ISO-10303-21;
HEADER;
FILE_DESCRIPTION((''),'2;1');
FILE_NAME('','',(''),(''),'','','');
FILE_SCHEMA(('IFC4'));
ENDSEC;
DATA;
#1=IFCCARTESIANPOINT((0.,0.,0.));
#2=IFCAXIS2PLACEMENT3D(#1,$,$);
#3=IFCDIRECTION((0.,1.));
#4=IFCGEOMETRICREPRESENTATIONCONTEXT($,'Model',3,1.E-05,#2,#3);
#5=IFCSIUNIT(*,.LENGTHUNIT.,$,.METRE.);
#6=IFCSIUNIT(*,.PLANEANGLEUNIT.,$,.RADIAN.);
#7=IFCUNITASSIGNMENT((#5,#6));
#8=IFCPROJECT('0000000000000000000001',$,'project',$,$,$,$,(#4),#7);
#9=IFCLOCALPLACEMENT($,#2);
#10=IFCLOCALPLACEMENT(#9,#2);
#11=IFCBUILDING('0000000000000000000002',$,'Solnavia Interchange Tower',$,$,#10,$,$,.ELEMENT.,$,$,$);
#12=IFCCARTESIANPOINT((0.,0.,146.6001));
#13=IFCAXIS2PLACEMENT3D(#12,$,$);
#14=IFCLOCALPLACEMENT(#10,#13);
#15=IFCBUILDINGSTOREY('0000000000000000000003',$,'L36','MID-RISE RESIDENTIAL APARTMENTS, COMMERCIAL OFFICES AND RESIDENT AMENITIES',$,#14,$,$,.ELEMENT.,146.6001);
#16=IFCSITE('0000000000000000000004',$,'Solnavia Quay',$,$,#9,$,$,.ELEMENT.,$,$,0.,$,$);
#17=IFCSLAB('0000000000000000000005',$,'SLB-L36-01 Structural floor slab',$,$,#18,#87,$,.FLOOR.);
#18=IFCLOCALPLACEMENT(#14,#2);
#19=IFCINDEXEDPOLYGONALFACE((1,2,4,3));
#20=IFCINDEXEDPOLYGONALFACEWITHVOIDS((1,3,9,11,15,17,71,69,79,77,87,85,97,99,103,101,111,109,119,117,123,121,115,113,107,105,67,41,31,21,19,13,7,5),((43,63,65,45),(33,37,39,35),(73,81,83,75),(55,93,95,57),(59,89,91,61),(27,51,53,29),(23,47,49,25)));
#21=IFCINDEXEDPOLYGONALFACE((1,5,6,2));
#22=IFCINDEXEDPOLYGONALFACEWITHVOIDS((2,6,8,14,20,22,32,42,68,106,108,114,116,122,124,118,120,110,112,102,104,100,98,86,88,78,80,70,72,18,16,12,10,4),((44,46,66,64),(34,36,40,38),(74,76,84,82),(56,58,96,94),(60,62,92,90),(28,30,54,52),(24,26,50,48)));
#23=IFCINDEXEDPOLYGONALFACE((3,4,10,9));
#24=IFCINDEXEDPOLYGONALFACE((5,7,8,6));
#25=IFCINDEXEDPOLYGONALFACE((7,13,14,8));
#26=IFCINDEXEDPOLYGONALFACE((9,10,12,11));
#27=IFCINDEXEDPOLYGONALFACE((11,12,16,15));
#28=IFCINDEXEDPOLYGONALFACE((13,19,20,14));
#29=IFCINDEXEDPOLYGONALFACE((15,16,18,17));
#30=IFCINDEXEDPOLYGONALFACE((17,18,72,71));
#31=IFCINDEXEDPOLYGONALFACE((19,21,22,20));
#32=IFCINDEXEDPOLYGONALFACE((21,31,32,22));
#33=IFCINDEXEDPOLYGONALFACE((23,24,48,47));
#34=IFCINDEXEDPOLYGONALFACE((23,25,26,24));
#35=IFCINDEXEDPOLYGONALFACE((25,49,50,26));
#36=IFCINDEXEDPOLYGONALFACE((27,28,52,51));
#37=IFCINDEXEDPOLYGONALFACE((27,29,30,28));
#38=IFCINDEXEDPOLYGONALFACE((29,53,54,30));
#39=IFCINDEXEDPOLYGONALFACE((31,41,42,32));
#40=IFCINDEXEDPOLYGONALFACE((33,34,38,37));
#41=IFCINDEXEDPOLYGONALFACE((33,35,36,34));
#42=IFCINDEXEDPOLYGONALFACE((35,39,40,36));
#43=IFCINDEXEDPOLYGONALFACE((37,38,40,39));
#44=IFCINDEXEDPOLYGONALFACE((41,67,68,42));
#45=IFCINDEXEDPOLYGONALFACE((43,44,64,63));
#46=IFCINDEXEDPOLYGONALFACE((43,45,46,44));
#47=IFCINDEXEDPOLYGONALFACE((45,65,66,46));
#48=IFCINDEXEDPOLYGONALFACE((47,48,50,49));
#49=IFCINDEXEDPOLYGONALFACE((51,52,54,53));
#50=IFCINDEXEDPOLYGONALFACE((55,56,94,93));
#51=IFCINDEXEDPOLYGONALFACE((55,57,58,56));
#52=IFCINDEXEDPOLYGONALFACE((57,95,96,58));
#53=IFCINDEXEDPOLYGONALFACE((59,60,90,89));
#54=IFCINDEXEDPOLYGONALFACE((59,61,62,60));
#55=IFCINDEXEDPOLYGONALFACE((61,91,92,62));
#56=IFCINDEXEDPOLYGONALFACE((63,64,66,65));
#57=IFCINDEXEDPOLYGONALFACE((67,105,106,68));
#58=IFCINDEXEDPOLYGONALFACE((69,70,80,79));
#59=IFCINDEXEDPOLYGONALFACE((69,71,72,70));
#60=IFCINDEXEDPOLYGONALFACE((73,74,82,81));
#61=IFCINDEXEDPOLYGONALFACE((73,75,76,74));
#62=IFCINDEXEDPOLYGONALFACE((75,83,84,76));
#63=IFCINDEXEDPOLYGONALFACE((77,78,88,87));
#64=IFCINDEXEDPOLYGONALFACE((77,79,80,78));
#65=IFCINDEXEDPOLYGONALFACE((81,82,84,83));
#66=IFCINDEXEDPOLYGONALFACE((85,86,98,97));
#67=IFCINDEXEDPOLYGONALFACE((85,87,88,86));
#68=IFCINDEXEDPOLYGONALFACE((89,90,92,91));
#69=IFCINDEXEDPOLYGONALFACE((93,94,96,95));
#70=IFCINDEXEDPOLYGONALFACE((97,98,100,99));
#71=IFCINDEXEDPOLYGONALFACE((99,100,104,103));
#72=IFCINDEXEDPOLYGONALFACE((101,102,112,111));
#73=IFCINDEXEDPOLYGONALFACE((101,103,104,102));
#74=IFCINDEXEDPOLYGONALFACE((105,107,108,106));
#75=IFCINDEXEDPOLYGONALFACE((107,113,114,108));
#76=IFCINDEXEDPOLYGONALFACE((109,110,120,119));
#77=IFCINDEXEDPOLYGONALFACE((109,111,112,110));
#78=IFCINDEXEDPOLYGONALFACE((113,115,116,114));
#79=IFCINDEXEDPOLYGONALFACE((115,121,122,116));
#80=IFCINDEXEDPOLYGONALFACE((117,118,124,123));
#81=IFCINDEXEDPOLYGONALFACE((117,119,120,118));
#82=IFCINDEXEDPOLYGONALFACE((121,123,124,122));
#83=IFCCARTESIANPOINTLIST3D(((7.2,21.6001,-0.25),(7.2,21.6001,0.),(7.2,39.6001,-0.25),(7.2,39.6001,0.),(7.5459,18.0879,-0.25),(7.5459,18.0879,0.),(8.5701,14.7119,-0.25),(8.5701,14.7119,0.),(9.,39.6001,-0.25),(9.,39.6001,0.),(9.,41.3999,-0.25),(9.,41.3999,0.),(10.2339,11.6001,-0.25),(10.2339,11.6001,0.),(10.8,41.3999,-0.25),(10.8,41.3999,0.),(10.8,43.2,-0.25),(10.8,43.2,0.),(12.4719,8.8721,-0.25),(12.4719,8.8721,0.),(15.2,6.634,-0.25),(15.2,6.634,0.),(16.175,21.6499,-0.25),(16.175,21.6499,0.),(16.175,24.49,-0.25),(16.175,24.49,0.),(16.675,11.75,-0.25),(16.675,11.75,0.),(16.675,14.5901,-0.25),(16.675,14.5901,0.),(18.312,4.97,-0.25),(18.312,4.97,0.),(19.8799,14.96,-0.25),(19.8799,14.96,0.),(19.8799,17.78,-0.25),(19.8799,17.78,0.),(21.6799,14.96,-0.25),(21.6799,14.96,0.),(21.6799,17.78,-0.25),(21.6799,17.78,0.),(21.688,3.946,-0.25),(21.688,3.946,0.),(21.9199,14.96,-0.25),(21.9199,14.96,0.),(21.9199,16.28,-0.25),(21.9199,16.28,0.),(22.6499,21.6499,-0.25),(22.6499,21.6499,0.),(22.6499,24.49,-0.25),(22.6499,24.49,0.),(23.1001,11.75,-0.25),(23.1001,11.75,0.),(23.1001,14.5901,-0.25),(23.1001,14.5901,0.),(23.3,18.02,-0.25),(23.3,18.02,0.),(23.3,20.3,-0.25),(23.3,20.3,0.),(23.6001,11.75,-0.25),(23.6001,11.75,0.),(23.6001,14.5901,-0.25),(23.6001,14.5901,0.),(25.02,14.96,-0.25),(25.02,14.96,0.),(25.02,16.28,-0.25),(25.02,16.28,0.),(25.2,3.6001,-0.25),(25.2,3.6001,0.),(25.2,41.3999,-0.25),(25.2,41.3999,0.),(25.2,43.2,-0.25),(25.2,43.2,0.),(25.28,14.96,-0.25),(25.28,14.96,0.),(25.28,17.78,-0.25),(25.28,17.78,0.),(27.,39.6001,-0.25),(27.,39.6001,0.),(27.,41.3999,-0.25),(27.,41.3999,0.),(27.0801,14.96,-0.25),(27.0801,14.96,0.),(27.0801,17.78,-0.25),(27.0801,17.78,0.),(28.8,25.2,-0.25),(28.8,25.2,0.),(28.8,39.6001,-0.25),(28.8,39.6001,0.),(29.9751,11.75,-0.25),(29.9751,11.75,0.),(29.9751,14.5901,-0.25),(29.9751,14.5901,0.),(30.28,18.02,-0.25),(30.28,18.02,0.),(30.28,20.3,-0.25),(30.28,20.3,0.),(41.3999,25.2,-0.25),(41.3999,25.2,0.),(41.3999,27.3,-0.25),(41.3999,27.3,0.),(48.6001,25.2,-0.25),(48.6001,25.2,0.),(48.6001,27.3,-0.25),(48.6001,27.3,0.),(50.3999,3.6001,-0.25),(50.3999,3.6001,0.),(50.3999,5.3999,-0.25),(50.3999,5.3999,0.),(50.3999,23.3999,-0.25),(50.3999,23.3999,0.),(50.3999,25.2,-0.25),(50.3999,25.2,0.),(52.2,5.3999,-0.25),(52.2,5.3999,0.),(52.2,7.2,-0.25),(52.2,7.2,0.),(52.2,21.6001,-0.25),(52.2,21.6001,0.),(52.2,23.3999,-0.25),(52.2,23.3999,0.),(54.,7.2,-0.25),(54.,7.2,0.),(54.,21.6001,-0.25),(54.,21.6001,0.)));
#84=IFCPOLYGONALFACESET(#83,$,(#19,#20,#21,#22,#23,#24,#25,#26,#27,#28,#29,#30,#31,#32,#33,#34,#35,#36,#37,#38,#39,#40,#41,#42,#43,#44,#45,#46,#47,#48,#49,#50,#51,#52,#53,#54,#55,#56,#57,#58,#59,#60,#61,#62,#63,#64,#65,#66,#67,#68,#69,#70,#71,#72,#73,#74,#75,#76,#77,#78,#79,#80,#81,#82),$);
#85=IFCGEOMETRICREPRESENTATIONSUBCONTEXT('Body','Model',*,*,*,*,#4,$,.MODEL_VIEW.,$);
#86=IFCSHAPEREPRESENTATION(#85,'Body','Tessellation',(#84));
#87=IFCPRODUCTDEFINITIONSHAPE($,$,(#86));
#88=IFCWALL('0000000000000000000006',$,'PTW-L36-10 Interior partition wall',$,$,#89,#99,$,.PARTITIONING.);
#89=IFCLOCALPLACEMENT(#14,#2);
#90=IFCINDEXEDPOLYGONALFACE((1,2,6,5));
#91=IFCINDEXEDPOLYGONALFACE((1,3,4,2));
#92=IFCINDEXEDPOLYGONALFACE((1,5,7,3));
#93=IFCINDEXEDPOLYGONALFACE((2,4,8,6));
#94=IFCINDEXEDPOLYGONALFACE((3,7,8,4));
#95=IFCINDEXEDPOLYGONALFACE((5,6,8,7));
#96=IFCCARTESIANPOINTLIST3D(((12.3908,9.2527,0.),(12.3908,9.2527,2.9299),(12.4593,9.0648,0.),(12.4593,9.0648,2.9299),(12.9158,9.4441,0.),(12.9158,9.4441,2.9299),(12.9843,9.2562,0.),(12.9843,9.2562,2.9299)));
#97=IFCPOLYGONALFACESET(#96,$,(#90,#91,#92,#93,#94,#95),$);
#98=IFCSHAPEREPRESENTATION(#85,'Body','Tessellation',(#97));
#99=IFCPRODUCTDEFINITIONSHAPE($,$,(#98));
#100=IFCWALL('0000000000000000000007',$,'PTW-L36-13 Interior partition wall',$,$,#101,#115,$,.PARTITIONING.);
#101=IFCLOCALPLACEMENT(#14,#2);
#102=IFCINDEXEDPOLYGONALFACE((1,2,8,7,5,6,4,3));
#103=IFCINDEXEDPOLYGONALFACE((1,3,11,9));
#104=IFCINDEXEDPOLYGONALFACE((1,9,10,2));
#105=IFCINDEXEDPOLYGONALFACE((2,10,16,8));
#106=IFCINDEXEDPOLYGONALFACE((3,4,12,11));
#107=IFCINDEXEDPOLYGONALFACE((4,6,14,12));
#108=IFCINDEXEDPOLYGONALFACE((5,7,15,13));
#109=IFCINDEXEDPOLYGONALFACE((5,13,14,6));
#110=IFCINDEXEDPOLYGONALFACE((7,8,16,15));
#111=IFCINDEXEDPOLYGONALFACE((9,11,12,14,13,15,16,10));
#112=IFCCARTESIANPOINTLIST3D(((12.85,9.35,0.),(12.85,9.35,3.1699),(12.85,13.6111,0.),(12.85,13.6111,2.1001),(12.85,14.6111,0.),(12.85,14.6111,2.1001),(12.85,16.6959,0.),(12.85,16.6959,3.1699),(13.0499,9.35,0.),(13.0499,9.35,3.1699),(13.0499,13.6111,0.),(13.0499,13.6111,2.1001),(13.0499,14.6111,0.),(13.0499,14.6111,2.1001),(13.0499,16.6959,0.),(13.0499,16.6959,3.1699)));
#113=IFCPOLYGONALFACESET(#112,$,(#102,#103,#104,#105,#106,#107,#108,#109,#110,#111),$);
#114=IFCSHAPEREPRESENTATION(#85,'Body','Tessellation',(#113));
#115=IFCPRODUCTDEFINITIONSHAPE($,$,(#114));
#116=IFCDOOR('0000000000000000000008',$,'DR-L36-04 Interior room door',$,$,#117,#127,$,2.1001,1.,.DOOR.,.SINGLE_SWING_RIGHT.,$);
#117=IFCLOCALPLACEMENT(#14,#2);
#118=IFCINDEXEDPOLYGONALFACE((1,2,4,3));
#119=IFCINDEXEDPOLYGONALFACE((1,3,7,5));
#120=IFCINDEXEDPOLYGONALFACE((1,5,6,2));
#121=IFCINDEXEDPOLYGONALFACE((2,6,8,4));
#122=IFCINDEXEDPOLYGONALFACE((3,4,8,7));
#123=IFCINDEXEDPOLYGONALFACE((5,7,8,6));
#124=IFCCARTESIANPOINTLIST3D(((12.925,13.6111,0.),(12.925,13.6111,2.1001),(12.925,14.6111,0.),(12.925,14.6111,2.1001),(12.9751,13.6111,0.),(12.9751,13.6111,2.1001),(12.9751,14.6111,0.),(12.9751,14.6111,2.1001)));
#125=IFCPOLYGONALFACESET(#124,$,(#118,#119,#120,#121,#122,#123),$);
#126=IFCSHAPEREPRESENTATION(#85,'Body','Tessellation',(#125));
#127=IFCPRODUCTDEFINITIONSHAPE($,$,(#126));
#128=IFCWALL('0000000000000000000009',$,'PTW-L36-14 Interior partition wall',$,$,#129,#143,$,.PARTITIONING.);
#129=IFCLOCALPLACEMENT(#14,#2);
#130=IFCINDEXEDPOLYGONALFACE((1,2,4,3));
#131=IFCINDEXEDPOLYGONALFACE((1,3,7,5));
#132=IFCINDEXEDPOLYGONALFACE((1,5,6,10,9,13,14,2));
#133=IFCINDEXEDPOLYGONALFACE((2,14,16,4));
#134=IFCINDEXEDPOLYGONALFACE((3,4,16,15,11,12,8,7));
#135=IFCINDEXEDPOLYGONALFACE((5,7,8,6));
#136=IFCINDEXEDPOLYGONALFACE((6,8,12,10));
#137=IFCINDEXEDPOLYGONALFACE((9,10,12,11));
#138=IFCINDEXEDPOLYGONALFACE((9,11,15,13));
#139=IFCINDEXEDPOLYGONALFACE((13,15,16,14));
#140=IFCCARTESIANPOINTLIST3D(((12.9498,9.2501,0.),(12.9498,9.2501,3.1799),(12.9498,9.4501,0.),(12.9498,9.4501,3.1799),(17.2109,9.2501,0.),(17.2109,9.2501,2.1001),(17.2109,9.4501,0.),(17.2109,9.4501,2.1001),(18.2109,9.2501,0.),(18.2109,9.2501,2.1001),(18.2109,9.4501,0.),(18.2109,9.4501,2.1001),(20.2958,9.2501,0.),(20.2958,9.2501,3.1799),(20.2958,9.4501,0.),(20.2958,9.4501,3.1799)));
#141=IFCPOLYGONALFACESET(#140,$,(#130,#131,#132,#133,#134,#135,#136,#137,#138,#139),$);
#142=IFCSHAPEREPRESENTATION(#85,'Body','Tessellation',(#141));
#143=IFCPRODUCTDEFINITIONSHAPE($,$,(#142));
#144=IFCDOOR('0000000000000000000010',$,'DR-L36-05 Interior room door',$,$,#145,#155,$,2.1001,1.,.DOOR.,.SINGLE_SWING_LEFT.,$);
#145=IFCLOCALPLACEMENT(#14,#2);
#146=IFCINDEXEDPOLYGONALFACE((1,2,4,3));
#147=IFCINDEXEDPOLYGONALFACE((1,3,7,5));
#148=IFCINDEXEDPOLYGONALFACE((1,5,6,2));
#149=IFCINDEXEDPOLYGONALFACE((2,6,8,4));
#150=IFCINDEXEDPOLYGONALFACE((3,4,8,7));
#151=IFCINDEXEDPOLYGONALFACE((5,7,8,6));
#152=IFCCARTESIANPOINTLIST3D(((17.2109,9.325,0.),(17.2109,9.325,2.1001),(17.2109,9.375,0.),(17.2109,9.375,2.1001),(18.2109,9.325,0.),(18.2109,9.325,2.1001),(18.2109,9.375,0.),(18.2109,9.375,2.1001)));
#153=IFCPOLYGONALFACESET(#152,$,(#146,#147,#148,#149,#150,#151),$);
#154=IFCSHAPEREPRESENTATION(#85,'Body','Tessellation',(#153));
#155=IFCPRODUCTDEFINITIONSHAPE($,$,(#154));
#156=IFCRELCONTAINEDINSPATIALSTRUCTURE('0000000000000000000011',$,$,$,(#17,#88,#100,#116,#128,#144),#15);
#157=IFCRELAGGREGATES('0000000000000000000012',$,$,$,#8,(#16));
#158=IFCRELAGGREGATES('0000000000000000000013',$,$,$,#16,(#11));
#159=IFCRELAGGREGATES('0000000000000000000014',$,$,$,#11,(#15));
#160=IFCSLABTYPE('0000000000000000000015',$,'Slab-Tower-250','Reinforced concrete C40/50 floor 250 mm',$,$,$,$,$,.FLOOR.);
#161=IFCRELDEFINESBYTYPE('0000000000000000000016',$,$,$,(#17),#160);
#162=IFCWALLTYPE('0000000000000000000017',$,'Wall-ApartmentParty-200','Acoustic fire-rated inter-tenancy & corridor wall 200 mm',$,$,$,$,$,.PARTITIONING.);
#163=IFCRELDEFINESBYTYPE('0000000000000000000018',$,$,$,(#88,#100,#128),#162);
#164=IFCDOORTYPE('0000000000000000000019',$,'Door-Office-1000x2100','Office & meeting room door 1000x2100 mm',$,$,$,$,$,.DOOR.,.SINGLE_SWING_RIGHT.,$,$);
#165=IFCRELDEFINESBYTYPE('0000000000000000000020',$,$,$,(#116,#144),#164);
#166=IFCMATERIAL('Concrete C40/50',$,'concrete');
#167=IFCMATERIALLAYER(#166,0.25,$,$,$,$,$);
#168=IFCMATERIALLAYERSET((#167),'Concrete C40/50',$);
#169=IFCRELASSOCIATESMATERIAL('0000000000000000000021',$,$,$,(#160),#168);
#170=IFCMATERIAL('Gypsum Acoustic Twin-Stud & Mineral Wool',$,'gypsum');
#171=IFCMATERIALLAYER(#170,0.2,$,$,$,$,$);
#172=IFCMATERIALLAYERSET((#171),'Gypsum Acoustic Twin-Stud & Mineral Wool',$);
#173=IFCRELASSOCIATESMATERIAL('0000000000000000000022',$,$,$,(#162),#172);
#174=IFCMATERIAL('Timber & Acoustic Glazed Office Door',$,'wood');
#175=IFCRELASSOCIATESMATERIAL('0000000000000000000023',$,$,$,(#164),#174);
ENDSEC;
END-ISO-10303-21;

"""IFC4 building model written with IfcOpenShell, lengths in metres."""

from ifc_helpers import new_model, si_unit, direction, frame, frame_2d, origin, place, context, subcontext, project, spatial, polyline, rectangle, outline, extrude, material, layer, layer_set, type_object, element, fill, save


model = new_model("IFC4")

# Units and contexts
model_context = context("Model", 3, precision=1e-05, world=origin(), true_north=direction((0.0, 1.0)))
body_context = subcontext(model_context, "Body", "Model", "MODEL_VIEW")
ifc_project = project(units=[si_unit("LENGTHUNIT", "METRE"), si_unit("PLANEANGLEUNIT", "RADIAN")], contexts=[model_context])

# Site, building, storey
site_placement = place(None, origin())
site = spatial("IfcSite", under=ifc_project, at=site_placement, Name="Solnavia Quay", CompositionType="ELEMENT", RefElevation=0.0)
building_placement = place(site_placement, origin())
building = spatial("IfcBuilding", under=site, at=building_placement, Name="Solnavia Interchange Tower", CompositionType="ELEMENT")
storey_placement = place(building_placement, frame((0.0, 0.0, 146.6001)))
storey = spatial("IfcBuildingStorey", under=building, at=storey_placement, Name="L36", Description="MID-RISE RESIDENTIAL APARTMENTS, COMMERCIAL OFFICES AND RESIDENT AMENITIES", CompositionType="ELEMENT", Elevation=146.6001)

# Shared definitions
ifc_material_1 = material(Name="Concrete C40/50", Category="concrete")

# Slab
ifc_layer_1 = layer(ifc_material_1, 0.25)
ifc_layer_set_1 = layer_set([ifc_layer_1], Name="Concrete C40/50")
slab_type_1 = type_object("IfcSlabType", Name="Slab-Tower-250", Description="Reinforced concrete C40/50 floor 250 mm", PredefinedType="FLOOR", material=ifc_layer_set_1)
slab_1_placement = place(storey_placement, frame((0.0, 0.0, -0.25)))
element("IfcSlab", 1, at=slab_1_placement, inside=storey, type_object=slab_type_1, Name="SLB-L36-01 Structural floor slab", PredefinedType="FLOOR", context=body_context, shape_type="SweptSolid", body=[
    extrude(outline(polyline([(25.2, 3.6001), (50.3999, 3.6001), (50.3999, 5.3999), (52.2, 5.3999), (52.2, 7.2), (54.0, 7.2), (54.0, 21.6001), (52.2, 21.6001), (52.2, 23.3999), (50.3999, 23.3999), (50.3999, 25.2), (48.6001, 25.2), (48.6001, 27.3), (41.3999, 27.3), (41.3999, 25.2), (28.8, 25.2), (28.8, 39.6001), (27.0, 39.6001), (27.0, 41.3999), (25.2, 41.3999), (25.2, 43.2), (10.8, 43.2), (10.8, 41.3999), (9.0, 41.3999), (9.0, 39.6001), (7.2, 39.6001), (7.2, 21.6001), (7.5459, 18.0879), (8.5701, 14.7119), (10.2339, 11.6001), (12.4719, 8.8721), (15.2, 6.634), (18.312, 4.97), (21.688, 3.946), (25.2, 3.6001)]), holes=[polyline([(16.675, 11.75), (23.1001, 11.75), (23.1001, 14.5901), (16.675, 14.5901), (16.675, 11.75)]), polyline([(23.6001, 11.75), (29.9751, 11.75), (29.9751, 14.5901), (23.6001, 14.5901), (23.6001, 11.75)]), polyline([(16.175, 21.6499), (22.6499, 21.6499), (22.6499, 24.49), (16.175, 24.49), (16.175, 21.6499)]), polyline([(19.8799, 14.96), (21.6799, 14.96), (21.6799, 17.78), (19.8799, 17.78), (19.8799, 14.96)]), polyline([(25.28, 14.96), (27.0801, 14.96), (27.0801, 17.78), (25.28, 17.78), (25.28, 14.96)]), polyline([(21.9199, 14.96), (25.02, 14.96), (25.02, 16.28), (21.9199, 16.28), (21.9199, 14.96)]), polyline([(23.3, 18.02), (30.28, 18.02), (30.28, 20.3), (23.3, 20.3), (23.3, 18.02)])]), origin(), (0.0, 0.0, 1.0), 0.25),
])

# Wall
ifc_material_2 = material(Name="Gypsum Acoustic Twin-Stud & Mineral Wool", Category="gypsum")
ifc_layer_2 = layer(ifc_material_2, 0.2)
ifc_layer_set_2 = layer_set([ifc_layer_2], Name="Gypsum Acoustic Twin-Stud & Mineral Wool")
wall_type_1 = type_object("IfcWallType", Name="Wall-ApartmentParty-200", Description="Acoustic fire-rated inter-tenancy & corridor wall 200 mm", PredefinedType="PARTITIONING", material=ifc_layer_set_2)
wall_1_placement = place(storey_placement, frame((12.95, 9.3501, 0.0), z_axis=(0.0, 0.0, 1.0), x_axis=(-0.939538, -0.342444, 0.0)))
element("IfcWall", 2, at=wall_1_placement, inside=storey, type_object=wall_type_1, Name="PTW-L36-10 Interior partition wall", PredefinedType="PARTITIONING", context=body_context, shape_type="SweptSolid", body=[
    extrude(rectangle(XDim=0.5588, YDim=0.2, at=frame_2d((0.2793, 0.0))), origin(), (0.0, 0.0, 1.0), 2.9299),
])

# Walls, openings, doors
wall_2_placement = place(storey_placement, frame((12.95, 9.3501, 0.0), z_axis=(0.0, 0.0, 1.0), x_axis=(0.0, 1.0, 0.0)))
wall_2 = element("IfcWall", 3, at=wall_2_placement, inside=storey, type_object=wall_type_1, Name="PTW-L36-13 Interior partition wall", PredefinedType="PARTITIONING", context=body_context, shape_type="SweptSolid", body=[
    extrude(rectangle(XDim=7.3459, YDim=0.2, at=frame_2d((3.6729, 0.0))), origin(), (0.0, 0.0, 1.0), 3.1699),
])
opening_1_placement = place(wall_2_placement, frame((4.261, 0.0, 0.0)))
opening_1 = element("IfcOpeningElement", 4, at=opening_1_placement, cuts=wall_2, PredefinedType="OPENING", context=body_context, shape_type="SweptSolid", body=[
    extrude(rectangle(XDim=1.0, YDim=2.1001, at=frame_2d((0.5, 1.05))), frame((0.0, 0.1099, 0.0), z_axis=(0.0, -1.0, 0.0), x_axis=(1.0, 0.0, 0.0)), (0.0, 0.0, 1.0), 0.22),
])
ifc_material_3 = material(Name="Timber & Acoustic Glazed Office Door", Category="wood")
door_type = type_object("IfcDoorType", Name="Door-Office-1000x2100", Description="Office & meeting room door 1000x2100 mm", OperationType="SINGLE_SWING_RIGHT", PredefinedType="DOOR", material=ifc_material_3)
door_1_placement = place(opening_1_placement, origin())
door_1 = element("IfcDoor", 5, at=door_1_placement, inside=storey, type_object=door_type, Name="DR-L36-04 Interior room door", OperationType="SINGLE_SWING_RIGHT", OverallHeight=2.1001, OverallWidth=1.0, PredefinedType="DOOR", context=body_context, shape_type="SweptSolid", body=[
    extrude(rectangle(XDim=1.0, YDim=2.1001, at=frame_2d((0.5, 1.05))), frame((0.0, 0.0249, 0.0), z_axis=(0.0, -1.0, 0.0), x_axis=(1.0, 0.0, 0.0)), (0.0, 0.0, 1.0), 0.05),
])
fill(opening_1, door_1)
wall_3_placement = place(storey_placement, frame((12.95, 9.3501, 0.0), z_axis=(0.0, 0.0, 1.0), x_axis=(1.0, 0.0, 0.0)))
wall_3 = element("IfcWall", 6, at=wall_3_placement, inside=storey, type_object=wall_type_1, Name="PTW-L36-14 Interior partition wall", PredefinedType="PARTITIONING", context=body_context, shape_type="SweptSolid", body=[
    extrude(rectangle(XDim=7.3459, YDim=0.2, at=frame_2d((3.6729, 0.0))), origin(), (0.0, 0.0, 1.0), 3.1799),
])
opening_2_placement = place(wall_3_placement, frame((4.261, 0.0, 0.0)))
opening_2 = element("IfcOpeningElement", 7, at=opening_2_placement, cuts=wall_3, PredefinedType="OPENING", context=body_context, shape_type="SweptSolid", body=[
    extrude(rectangle(XDim=1.0, YDim=2.1001, at=frame_2d((0.5, 1.05))), frame((0.0, 0.1099, 0.0), z_axis=(0.0, -1.0, 0.0), x_axis=(1.0, 0.0, 0.0)), (0.0, 0.0, 1.0), 0.22),
])
door_2_placement = place(opening_2_placement, origin())
door_2 = element("IfcDoor", 8, at=door_2_placement, inside=storey, type_object=door_type, Name="DR-L36-05 Interior room door", OperationType="SINGLE_SWING_LEFT", OverallHeight=2.1001, OverallWidth=1.0, PredefinedType="DOOR", context=body_context, shape_type="SweptSolid", body=[
    extrude(rectangle(XDim=1.0, YDim=2.1001, at=frame_2d((0.5, 1.05))), frame((0.0, 0.0249, 0.0), z_axis=(0.0, -1.0, 0.0), x_axis=(1.0, 0.0, 0.0)), (0.0, 0.0, 1.0), 0.05),
])
fill(opening_2, door_2)

save(model, "model.ifc")
